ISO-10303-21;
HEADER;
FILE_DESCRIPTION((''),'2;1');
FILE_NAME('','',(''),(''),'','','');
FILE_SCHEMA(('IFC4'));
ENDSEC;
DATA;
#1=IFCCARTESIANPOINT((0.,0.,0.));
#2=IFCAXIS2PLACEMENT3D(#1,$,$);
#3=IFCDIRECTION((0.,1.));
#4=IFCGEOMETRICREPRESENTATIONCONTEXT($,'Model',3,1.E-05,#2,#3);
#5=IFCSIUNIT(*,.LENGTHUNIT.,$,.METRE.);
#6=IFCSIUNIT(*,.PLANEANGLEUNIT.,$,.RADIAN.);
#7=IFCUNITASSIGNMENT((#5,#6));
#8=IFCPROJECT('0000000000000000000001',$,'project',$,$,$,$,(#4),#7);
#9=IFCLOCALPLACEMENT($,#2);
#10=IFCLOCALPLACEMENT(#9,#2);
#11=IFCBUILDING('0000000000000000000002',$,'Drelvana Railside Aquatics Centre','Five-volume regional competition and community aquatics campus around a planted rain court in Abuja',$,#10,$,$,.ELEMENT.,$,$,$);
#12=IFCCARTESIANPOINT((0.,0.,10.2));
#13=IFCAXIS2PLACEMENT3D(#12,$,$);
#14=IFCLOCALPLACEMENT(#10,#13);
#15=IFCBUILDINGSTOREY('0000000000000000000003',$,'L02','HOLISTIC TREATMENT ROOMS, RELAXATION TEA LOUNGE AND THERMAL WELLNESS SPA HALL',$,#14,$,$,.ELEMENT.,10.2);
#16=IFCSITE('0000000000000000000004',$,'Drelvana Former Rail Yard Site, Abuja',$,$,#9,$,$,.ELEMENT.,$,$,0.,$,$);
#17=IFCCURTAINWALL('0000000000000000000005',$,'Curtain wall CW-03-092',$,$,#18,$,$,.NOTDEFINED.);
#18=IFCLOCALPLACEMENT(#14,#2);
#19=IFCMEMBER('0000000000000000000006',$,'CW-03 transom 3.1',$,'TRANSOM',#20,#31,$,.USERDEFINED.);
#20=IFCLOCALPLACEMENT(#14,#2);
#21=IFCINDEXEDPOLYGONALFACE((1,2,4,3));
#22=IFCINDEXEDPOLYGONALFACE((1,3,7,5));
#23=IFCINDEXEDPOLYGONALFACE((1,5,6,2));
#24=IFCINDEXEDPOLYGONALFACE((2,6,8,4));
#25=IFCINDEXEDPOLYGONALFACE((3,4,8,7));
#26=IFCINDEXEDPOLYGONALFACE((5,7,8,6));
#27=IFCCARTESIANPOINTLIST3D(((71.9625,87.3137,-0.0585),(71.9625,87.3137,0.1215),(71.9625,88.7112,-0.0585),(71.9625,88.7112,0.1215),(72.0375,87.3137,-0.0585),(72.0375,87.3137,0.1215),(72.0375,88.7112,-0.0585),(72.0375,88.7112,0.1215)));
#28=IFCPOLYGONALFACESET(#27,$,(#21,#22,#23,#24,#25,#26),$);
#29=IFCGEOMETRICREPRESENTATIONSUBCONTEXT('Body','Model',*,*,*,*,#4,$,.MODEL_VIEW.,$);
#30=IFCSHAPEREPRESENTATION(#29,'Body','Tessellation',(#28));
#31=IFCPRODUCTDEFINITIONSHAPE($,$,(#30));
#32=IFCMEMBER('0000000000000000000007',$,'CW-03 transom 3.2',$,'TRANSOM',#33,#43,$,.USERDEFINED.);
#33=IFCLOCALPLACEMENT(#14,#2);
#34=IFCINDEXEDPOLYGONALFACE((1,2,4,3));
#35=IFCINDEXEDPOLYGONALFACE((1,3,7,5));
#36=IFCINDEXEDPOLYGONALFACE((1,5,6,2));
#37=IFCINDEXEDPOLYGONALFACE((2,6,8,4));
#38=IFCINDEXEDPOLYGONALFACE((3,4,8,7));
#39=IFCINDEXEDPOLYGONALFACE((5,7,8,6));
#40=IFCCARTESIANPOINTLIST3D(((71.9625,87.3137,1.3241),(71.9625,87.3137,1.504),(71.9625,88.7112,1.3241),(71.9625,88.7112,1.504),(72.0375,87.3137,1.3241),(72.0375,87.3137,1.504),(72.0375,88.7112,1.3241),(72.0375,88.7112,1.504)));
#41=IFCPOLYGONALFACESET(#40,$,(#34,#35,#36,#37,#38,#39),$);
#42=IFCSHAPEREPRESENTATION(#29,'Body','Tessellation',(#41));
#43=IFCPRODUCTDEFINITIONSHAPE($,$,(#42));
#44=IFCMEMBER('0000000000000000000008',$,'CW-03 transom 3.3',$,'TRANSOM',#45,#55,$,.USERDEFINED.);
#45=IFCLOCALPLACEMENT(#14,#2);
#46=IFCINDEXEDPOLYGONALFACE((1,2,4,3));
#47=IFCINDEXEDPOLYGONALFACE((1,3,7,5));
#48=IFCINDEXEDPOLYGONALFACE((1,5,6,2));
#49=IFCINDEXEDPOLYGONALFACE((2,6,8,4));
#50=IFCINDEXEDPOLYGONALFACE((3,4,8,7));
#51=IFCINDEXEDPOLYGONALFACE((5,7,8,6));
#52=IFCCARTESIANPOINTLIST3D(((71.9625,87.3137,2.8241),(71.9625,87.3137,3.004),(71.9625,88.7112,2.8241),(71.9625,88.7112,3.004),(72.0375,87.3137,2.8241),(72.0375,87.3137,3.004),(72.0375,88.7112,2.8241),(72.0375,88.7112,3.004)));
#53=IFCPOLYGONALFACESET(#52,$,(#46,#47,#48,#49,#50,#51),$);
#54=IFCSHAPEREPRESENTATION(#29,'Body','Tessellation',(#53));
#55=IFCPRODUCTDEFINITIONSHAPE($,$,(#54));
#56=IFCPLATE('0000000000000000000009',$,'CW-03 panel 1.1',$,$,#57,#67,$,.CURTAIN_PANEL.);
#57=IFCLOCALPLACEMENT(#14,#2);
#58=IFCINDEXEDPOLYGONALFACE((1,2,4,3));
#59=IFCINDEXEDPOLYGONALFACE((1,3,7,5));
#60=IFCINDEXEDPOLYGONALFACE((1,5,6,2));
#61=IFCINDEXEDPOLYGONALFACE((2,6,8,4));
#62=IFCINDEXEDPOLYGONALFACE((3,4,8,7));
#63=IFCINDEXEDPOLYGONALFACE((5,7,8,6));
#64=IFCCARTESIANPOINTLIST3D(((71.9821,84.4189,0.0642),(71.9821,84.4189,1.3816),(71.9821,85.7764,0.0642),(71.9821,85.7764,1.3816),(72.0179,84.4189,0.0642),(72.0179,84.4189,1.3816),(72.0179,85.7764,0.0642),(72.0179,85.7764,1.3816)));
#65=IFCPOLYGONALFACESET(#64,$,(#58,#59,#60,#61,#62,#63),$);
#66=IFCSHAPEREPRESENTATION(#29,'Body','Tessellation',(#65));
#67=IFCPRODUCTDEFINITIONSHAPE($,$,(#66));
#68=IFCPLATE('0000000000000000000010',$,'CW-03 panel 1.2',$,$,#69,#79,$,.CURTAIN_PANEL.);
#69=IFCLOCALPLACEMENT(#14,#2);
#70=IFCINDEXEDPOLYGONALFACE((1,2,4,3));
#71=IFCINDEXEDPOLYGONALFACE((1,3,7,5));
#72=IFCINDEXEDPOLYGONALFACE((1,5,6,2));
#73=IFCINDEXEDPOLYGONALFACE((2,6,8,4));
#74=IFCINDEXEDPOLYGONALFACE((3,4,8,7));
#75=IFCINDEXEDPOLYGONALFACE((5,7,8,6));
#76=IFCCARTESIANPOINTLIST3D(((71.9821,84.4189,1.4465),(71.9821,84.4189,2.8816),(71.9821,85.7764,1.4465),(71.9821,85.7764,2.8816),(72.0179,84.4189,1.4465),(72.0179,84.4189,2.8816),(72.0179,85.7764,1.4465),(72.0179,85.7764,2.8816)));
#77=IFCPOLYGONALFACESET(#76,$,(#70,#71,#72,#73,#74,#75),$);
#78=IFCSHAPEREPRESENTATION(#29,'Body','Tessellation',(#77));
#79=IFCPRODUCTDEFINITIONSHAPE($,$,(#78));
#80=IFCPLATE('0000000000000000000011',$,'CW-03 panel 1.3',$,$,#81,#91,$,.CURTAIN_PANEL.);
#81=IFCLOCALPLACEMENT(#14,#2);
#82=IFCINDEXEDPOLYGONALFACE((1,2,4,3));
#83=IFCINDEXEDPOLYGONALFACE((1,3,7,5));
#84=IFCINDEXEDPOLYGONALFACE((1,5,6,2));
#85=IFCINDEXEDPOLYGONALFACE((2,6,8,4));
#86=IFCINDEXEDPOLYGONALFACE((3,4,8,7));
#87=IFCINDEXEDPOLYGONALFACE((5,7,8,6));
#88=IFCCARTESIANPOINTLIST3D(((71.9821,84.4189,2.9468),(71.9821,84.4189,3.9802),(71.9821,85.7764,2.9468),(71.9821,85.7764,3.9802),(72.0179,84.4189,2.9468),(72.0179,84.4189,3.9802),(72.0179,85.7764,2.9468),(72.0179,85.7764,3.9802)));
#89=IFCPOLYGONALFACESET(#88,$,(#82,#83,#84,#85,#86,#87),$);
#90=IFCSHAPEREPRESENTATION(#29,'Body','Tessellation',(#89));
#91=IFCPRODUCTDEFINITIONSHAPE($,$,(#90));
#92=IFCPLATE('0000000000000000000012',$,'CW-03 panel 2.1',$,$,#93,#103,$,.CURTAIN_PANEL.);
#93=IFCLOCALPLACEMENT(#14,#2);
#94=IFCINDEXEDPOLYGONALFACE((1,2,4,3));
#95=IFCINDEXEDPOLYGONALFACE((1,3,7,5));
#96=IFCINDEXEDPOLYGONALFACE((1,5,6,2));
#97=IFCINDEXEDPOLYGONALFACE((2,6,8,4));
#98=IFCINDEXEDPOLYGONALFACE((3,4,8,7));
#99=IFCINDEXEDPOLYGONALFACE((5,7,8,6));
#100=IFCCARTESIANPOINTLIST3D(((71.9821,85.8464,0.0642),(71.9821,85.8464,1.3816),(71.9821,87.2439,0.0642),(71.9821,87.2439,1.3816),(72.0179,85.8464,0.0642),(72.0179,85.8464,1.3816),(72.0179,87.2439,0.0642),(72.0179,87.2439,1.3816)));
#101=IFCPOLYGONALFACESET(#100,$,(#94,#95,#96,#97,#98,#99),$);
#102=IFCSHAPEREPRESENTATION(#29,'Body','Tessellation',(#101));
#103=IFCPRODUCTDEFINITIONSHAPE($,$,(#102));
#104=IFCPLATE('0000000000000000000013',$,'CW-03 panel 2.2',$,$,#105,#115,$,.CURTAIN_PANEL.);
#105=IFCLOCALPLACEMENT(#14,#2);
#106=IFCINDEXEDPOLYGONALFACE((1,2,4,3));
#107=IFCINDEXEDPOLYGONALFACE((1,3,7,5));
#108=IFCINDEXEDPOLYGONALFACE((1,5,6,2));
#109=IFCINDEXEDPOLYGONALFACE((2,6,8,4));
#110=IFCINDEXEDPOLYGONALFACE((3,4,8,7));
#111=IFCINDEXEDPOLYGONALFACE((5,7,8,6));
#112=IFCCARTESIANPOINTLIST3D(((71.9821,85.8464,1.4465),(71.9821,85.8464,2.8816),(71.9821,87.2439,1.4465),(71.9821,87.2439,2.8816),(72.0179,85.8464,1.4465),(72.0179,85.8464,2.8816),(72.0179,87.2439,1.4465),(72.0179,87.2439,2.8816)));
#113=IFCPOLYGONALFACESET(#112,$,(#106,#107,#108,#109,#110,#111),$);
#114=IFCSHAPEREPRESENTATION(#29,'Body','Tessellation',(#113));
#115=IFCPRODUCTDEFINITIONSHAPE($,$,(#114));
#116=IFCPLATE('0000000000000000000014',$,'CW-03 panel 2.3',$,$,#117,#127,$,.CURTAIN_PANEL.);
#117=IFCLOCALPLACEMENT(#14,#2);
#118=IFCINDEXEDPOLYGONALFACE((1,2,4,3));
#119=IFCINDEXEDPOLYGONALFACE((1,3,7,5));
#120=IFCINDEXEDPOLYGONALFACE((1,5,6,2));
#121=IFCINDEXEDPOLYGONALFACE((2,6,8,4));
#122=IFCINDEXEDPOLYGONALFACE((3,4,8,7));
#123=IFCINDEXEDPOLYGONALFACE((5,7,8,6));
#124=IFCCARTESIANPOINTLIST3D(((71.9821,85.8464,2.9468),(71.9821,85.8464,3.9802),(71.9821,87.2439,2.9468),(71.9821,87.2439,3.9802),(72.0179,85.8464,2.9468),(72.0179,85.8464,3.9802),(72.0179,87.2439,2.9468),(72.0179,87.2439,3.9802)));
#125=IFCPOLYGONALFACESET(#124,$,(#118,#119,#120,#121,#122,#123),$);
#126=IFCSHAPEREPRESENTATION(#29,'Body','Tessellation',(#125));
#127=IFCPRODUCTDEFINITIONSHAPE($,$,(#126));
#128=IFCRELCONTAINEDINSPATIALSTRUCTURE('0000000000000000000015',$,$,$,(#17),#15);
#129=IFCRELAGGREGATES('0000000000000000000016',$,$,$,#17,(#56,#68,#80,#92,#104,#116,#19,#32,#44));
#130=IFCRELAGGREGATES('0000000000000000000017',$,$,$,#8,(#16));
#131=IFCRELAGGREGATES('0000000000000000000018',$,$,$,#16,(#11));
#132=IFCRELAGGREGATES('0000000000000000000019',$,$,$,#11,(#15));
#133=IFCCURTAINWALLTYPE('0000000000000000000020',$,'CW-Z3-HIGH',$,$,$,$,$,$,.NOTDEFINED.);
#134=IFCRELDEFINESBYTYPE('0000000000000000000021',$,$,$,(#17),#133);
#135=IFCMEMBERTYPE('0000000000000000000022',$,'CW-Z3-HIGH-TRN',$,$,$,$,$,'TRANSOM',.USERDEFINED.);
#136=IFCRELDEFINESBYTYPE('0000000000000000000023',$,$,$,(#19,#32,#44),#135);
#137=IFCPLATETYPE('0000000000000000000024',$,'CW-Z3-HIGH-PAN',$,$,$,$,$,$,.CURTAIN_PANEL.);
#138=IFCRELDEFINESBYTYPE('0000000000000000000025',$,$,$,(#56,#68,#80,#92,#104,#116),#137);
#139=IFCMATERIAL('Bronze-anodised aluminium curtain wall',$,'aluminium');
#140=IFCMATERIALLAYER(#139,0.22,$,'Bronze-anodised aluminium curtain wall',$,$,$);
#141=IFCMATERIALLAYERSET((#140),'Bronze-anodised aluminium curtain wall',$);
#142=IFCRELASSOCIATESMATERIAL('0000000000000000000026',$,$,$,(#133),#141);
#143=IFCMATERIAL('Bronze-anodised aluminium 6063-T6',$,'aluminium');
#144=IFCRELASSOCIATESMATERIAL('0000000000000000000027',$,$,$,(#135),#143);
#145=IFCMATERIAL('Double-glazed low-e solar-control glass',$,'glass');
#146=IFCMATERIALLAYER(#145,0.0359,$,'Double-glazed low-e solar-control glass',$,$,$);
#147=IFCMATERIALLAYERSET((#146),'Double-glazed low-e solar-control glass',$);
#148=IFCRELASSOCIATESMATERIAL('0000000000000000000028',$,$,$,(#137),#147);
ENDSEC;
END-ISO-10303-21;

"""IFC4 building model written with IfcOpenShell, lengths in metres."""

from ifc_helpers import new_model, si_unit, direction, frame, origin, origin_2d, place, context, subcontext, project, spatial, rectangle, extrude, material, layer, layer_set, material_profile, profile_set, type_object, element, aggregate, save


model = new_model("IFC4")

# Units and contexts
model_context = context("Model", 3, precision=1e-05, world=origin(), true_north=direction((0.0, 1.0)))
body_context = subcontext(model_context, "Body", "Model", "MODEL_VIEW")
ifc_project = project(units=[si_unit("LENGTHUNIT", "METRE"), si_unit("PLANEANGLEUNIT", "RADIAN")], contexts=[model_context])

# Site, building, storey
site_placement = place(None, origin())
site = spatial("IfcSite", under=ifc_project, at=site_placement, Name="Drelvana Former Rail Yard Site, Abuja", CompositionType="ELEMENT", RefElevation=0.0)
building_placement = place(site_placement, origin())
building = spatial("IfcBuilding", under=site, at=building_placement, Name="Drelvana Railside Aquatics Centre", Description="Five-volume regional competition and community aquatics campus around a planted rain court in Abuja", CompositionType="ELEMENT")
storey_placement = place(building_placement, frame((0.0, 0.0, 10.2)))
storey = spatial("IfcBuildingStorey", under=building, at=storey_placement, Name="L02", Description="HOLISTIC TREATMENT ROOMS, RELAXATION TEA LOUNGE AND THERMAL WELLNESS SPA HALL", CompositionType="ELEMENT", Elevation=10.2)

# Curtain wall, members, plates
ifc_material_1 = material(Name="Bronze-anodised aluminium curtain wall", Category="aluminium")
ifc_layer_1 = layer(ifc_material_1, 0.22, Name="Bronze-anodised aluminium curtain wall")
ifc_layer_set_1 = layer_set([ifc_layer_1], Name="Bronze-anodised aluminium curtain wall")
curtain_wall_type = type_object("IfcCurtainWallType", Name="CW-Z3-HIGH", PredefinedType="NOTDEFINED", material=ifc_layer_set_1)
curtain_wall_placement = place(storey_placement, origin())
curtain_wall = element("IfcCurtainWall", 1, at=curtain_wall_placement, inside=storey, type_object=curtain_wall_type, Name="Curtain wall CW-03-092", PredefinedType="NOTDEFINED")
ifc_material_2 = material(Name="Bronze-anodised aluminium 6063-T6", Category="aluminium")
ifc_material_profile_1 = material_profile(ifc_material_2, rectangle(XDim=0.1799, YDim=0.075, at=origin_2d()), Name="ALU-T 75x180")
ifc_profile_set_1 = profile_set([ifc_material_profile_1], Name="Bronze-anodised aluminium 6063-T6")
member_type_1 = type_object("IfcMemberType", Name="CW-Z3-HIGH-TRN", ElementType="TRANSOM", PredefinedType="USERDEFINED", material=ifc_profile_set_1)
member_1_placement = place(storey_placement, frame((72.0, 87.3137, 0.0315), z_axis=(0.0, 1.0, 0.0), x_axis=(0.0, 0.0, 1.0)))
member_1 = element("IfcMember", 2, at=member_1_placement, type_object=member_type_1, Name="CW-03 transom 3.1", ObjectType="TRANSOM", PredefinedType="USERDEFINED", context=body_context, shape_type="SweptSolid", body=[
    extrude(rectangle(XDim=0.1799, YDim=0.075, at=origin_2d()), origin(), (0.0, 0.0, 1.0), 1.3975),
])
member_2_placement = place(storey_placement, frame((72.0, 87.3137, 1.4141), z_axis=(0.0, 1.0, 0.0), x_axis=(0.0, 0.0, 1.0)))
member_2 = element("IfcMember", 3, at=member_2_placement, type_object=member_type_1, Name="CW-03 transom 3.2", ObjectType="TRANSOM", PredefinedType="USERDEFINED", context=body_context, shape_type="SweptSolid", body=[
    extrude(rectangle(XDim=0.1799, YDim=0.075, at=origin_2d()), origin(), (0.0, 0.0, 1.0), 1.3975),
])
member_3_placement = place(storey_placement, frame((72.0, 87.3137, 2.9141), z_axis=(0.0, 1.0, 0.0), x_axis=(0.0, 0.0, 1.0)))
member_3 = element("IfcMember", 4, at=member_3_placement, type_object=member_type_1, Name="CW-03 transom 3.3", ObjectType="TRANSOM", PredefinedType="USERDEFINED", context=body_context, shape_type="SweptSolid", body=[
    extrude(rectangle(XDim=0.1799, YDim=0.075, at=origin_2d()), origin(), (0.0, 0.0, 1.0), 1.3975),
])
ifc_material_3 = material(Name="Double-glazed low-e solar-control glass", Category="glass")
ifc_layer_2 = layer(ifc_material_3, 0.0359, Name="Double-glazed low-e solar-control glass")
ifc_layer_set_2 = layer_set([ifc_layer_2], Name="Double-glazed low-e solar-control glass")
plate_type = type_object("IfcPlateType", Name="CW-Z3-HIGH-PAN", PredefinedType="CURTAIN_PANEL", material=ifc_layer_set_2)
plate_1_placement = place(storey_placement, frame((72.0, 85.0977, 0.0642), z_axis=(0.0, 0.0, 1.0), x_axis=(0.0, 1.0, 0.0)))
plate_1 = element("IfcPlate", 5, at=plate_1_placement, type_object=plate_type, Name="CW-03 panel 1.1", PredefinedType="CURTAIN_PANEL", context=body_context, shape_type="SweptSolid", body=[
    extrude(rectangle(XDim=1.3574, YDim=0.0359, at=origin_2d()), origin(), (0.0, 0.0, 1.0), 1.3174),
])
plate_2_placement = place(storey_placement, frame((72.0, 85.0977, 1.4465), z_axis=(0.0, 0.0, 1.0), x_axis=(0.0, 1.0, 0.0)))
plate_2 = element("IfcPlate", 6, at=plate_2_placement, type_object=plate_type, Name="CW-03 panel 1.2", PredefinedType="CURTAIN_PANEL", context=body_context, shape_type="SweptSolid", body=[
    extrude(rectangle(XDim=1.3574, YDim=0.0359, at=origin_2d()), origin(), (0.0, 0.0, 1.0), 1.4351),
])
plate_3_placement = place(storey_placement, frame((72.0, 85.0977, 2.9468), z_axis=(0.0, 0.0, 1.0), x_axis=(0.0, 1.0, 0.0)))
plate_3 = element("IfcPlate", 7, at=plate_3_placement, type_object=plate_type, Name="CW-03 panel 1.3", PredefinedType="CURTAIN_PANEL", context=body_context, shape_type="SweptSolid", body=[
    extrude(rectangle(XDim=1.3574, YDim=0.0359, at=origin_2d()), origin(), (0.0, 0.0, 1.0), 1.0334),
])
plate_4_placement = place(storey_placement, frame((72.0, 86.5452, 0.0642), z_axis=(0.0, 0.0, 1.0), x_axis=(0.0, 1.0, 0.0)))
plate_4 = element("IfcPlate", 8, at=plate_4_placement, type_object=plate_type, Name="CW-03 panel 2.1", PredefinedType="CURTAIN_PANEL", context=body_context, shape_type="SweptSolid", body=[
    extrude(rectangle(XDim=1.3975, YDim=0.0359, at=origin_2d()), origin(), (0.0, 0.0, 1.0), 1.3174),
])
plate_5_placement = place(storey_placement, frame((72.0, 86.5452, 1.4465), z_axis=(0.0, 0.0, 1.0), x_axis=(0.0, 1.0, 0.0)))
plate_5 = element("IfcPlate", 9, at=plate_5_placement, type_object=plate_type, Name="CW-03 panel 2.2", PredefinedType="CURTAIN_PANEL", context=body_context, shape_type="SweptSolid", body=[
    extrude(rectangle(XDim=1.3975, YDim=0.0359, at=origin_2d()), origin(), (0.0, 0.0, 1.0), 1.4351),
])
plate_6_placement = place(storey_placement, frame((72.0, 86.5452, 2.9468), z_axis=(0.0, 0.0, 1.0), x_axis=(0.0, 1.0, 0.0)))
plate_6 = element("IfcPlate", 10, at=plate_6_placement, type_object=plate_type, Name="CW-03 panel 2.3", PredefinedType="CURTAIN_PANEL", context=body_context, shape_type="SweptSolid", body=[
    extrude(rectangle(XDim=1.3975, YDim=0.0359, at=origin_2d()), origin(), (0.0, 0.0, 1.0), 1.0334),
])
aggregate(curtain_wall, [plate_1, plate_2, plate_3, plate_4, plate_5, plate_6, member_1, member_2, member_3])

save(model, "model.ifc")
